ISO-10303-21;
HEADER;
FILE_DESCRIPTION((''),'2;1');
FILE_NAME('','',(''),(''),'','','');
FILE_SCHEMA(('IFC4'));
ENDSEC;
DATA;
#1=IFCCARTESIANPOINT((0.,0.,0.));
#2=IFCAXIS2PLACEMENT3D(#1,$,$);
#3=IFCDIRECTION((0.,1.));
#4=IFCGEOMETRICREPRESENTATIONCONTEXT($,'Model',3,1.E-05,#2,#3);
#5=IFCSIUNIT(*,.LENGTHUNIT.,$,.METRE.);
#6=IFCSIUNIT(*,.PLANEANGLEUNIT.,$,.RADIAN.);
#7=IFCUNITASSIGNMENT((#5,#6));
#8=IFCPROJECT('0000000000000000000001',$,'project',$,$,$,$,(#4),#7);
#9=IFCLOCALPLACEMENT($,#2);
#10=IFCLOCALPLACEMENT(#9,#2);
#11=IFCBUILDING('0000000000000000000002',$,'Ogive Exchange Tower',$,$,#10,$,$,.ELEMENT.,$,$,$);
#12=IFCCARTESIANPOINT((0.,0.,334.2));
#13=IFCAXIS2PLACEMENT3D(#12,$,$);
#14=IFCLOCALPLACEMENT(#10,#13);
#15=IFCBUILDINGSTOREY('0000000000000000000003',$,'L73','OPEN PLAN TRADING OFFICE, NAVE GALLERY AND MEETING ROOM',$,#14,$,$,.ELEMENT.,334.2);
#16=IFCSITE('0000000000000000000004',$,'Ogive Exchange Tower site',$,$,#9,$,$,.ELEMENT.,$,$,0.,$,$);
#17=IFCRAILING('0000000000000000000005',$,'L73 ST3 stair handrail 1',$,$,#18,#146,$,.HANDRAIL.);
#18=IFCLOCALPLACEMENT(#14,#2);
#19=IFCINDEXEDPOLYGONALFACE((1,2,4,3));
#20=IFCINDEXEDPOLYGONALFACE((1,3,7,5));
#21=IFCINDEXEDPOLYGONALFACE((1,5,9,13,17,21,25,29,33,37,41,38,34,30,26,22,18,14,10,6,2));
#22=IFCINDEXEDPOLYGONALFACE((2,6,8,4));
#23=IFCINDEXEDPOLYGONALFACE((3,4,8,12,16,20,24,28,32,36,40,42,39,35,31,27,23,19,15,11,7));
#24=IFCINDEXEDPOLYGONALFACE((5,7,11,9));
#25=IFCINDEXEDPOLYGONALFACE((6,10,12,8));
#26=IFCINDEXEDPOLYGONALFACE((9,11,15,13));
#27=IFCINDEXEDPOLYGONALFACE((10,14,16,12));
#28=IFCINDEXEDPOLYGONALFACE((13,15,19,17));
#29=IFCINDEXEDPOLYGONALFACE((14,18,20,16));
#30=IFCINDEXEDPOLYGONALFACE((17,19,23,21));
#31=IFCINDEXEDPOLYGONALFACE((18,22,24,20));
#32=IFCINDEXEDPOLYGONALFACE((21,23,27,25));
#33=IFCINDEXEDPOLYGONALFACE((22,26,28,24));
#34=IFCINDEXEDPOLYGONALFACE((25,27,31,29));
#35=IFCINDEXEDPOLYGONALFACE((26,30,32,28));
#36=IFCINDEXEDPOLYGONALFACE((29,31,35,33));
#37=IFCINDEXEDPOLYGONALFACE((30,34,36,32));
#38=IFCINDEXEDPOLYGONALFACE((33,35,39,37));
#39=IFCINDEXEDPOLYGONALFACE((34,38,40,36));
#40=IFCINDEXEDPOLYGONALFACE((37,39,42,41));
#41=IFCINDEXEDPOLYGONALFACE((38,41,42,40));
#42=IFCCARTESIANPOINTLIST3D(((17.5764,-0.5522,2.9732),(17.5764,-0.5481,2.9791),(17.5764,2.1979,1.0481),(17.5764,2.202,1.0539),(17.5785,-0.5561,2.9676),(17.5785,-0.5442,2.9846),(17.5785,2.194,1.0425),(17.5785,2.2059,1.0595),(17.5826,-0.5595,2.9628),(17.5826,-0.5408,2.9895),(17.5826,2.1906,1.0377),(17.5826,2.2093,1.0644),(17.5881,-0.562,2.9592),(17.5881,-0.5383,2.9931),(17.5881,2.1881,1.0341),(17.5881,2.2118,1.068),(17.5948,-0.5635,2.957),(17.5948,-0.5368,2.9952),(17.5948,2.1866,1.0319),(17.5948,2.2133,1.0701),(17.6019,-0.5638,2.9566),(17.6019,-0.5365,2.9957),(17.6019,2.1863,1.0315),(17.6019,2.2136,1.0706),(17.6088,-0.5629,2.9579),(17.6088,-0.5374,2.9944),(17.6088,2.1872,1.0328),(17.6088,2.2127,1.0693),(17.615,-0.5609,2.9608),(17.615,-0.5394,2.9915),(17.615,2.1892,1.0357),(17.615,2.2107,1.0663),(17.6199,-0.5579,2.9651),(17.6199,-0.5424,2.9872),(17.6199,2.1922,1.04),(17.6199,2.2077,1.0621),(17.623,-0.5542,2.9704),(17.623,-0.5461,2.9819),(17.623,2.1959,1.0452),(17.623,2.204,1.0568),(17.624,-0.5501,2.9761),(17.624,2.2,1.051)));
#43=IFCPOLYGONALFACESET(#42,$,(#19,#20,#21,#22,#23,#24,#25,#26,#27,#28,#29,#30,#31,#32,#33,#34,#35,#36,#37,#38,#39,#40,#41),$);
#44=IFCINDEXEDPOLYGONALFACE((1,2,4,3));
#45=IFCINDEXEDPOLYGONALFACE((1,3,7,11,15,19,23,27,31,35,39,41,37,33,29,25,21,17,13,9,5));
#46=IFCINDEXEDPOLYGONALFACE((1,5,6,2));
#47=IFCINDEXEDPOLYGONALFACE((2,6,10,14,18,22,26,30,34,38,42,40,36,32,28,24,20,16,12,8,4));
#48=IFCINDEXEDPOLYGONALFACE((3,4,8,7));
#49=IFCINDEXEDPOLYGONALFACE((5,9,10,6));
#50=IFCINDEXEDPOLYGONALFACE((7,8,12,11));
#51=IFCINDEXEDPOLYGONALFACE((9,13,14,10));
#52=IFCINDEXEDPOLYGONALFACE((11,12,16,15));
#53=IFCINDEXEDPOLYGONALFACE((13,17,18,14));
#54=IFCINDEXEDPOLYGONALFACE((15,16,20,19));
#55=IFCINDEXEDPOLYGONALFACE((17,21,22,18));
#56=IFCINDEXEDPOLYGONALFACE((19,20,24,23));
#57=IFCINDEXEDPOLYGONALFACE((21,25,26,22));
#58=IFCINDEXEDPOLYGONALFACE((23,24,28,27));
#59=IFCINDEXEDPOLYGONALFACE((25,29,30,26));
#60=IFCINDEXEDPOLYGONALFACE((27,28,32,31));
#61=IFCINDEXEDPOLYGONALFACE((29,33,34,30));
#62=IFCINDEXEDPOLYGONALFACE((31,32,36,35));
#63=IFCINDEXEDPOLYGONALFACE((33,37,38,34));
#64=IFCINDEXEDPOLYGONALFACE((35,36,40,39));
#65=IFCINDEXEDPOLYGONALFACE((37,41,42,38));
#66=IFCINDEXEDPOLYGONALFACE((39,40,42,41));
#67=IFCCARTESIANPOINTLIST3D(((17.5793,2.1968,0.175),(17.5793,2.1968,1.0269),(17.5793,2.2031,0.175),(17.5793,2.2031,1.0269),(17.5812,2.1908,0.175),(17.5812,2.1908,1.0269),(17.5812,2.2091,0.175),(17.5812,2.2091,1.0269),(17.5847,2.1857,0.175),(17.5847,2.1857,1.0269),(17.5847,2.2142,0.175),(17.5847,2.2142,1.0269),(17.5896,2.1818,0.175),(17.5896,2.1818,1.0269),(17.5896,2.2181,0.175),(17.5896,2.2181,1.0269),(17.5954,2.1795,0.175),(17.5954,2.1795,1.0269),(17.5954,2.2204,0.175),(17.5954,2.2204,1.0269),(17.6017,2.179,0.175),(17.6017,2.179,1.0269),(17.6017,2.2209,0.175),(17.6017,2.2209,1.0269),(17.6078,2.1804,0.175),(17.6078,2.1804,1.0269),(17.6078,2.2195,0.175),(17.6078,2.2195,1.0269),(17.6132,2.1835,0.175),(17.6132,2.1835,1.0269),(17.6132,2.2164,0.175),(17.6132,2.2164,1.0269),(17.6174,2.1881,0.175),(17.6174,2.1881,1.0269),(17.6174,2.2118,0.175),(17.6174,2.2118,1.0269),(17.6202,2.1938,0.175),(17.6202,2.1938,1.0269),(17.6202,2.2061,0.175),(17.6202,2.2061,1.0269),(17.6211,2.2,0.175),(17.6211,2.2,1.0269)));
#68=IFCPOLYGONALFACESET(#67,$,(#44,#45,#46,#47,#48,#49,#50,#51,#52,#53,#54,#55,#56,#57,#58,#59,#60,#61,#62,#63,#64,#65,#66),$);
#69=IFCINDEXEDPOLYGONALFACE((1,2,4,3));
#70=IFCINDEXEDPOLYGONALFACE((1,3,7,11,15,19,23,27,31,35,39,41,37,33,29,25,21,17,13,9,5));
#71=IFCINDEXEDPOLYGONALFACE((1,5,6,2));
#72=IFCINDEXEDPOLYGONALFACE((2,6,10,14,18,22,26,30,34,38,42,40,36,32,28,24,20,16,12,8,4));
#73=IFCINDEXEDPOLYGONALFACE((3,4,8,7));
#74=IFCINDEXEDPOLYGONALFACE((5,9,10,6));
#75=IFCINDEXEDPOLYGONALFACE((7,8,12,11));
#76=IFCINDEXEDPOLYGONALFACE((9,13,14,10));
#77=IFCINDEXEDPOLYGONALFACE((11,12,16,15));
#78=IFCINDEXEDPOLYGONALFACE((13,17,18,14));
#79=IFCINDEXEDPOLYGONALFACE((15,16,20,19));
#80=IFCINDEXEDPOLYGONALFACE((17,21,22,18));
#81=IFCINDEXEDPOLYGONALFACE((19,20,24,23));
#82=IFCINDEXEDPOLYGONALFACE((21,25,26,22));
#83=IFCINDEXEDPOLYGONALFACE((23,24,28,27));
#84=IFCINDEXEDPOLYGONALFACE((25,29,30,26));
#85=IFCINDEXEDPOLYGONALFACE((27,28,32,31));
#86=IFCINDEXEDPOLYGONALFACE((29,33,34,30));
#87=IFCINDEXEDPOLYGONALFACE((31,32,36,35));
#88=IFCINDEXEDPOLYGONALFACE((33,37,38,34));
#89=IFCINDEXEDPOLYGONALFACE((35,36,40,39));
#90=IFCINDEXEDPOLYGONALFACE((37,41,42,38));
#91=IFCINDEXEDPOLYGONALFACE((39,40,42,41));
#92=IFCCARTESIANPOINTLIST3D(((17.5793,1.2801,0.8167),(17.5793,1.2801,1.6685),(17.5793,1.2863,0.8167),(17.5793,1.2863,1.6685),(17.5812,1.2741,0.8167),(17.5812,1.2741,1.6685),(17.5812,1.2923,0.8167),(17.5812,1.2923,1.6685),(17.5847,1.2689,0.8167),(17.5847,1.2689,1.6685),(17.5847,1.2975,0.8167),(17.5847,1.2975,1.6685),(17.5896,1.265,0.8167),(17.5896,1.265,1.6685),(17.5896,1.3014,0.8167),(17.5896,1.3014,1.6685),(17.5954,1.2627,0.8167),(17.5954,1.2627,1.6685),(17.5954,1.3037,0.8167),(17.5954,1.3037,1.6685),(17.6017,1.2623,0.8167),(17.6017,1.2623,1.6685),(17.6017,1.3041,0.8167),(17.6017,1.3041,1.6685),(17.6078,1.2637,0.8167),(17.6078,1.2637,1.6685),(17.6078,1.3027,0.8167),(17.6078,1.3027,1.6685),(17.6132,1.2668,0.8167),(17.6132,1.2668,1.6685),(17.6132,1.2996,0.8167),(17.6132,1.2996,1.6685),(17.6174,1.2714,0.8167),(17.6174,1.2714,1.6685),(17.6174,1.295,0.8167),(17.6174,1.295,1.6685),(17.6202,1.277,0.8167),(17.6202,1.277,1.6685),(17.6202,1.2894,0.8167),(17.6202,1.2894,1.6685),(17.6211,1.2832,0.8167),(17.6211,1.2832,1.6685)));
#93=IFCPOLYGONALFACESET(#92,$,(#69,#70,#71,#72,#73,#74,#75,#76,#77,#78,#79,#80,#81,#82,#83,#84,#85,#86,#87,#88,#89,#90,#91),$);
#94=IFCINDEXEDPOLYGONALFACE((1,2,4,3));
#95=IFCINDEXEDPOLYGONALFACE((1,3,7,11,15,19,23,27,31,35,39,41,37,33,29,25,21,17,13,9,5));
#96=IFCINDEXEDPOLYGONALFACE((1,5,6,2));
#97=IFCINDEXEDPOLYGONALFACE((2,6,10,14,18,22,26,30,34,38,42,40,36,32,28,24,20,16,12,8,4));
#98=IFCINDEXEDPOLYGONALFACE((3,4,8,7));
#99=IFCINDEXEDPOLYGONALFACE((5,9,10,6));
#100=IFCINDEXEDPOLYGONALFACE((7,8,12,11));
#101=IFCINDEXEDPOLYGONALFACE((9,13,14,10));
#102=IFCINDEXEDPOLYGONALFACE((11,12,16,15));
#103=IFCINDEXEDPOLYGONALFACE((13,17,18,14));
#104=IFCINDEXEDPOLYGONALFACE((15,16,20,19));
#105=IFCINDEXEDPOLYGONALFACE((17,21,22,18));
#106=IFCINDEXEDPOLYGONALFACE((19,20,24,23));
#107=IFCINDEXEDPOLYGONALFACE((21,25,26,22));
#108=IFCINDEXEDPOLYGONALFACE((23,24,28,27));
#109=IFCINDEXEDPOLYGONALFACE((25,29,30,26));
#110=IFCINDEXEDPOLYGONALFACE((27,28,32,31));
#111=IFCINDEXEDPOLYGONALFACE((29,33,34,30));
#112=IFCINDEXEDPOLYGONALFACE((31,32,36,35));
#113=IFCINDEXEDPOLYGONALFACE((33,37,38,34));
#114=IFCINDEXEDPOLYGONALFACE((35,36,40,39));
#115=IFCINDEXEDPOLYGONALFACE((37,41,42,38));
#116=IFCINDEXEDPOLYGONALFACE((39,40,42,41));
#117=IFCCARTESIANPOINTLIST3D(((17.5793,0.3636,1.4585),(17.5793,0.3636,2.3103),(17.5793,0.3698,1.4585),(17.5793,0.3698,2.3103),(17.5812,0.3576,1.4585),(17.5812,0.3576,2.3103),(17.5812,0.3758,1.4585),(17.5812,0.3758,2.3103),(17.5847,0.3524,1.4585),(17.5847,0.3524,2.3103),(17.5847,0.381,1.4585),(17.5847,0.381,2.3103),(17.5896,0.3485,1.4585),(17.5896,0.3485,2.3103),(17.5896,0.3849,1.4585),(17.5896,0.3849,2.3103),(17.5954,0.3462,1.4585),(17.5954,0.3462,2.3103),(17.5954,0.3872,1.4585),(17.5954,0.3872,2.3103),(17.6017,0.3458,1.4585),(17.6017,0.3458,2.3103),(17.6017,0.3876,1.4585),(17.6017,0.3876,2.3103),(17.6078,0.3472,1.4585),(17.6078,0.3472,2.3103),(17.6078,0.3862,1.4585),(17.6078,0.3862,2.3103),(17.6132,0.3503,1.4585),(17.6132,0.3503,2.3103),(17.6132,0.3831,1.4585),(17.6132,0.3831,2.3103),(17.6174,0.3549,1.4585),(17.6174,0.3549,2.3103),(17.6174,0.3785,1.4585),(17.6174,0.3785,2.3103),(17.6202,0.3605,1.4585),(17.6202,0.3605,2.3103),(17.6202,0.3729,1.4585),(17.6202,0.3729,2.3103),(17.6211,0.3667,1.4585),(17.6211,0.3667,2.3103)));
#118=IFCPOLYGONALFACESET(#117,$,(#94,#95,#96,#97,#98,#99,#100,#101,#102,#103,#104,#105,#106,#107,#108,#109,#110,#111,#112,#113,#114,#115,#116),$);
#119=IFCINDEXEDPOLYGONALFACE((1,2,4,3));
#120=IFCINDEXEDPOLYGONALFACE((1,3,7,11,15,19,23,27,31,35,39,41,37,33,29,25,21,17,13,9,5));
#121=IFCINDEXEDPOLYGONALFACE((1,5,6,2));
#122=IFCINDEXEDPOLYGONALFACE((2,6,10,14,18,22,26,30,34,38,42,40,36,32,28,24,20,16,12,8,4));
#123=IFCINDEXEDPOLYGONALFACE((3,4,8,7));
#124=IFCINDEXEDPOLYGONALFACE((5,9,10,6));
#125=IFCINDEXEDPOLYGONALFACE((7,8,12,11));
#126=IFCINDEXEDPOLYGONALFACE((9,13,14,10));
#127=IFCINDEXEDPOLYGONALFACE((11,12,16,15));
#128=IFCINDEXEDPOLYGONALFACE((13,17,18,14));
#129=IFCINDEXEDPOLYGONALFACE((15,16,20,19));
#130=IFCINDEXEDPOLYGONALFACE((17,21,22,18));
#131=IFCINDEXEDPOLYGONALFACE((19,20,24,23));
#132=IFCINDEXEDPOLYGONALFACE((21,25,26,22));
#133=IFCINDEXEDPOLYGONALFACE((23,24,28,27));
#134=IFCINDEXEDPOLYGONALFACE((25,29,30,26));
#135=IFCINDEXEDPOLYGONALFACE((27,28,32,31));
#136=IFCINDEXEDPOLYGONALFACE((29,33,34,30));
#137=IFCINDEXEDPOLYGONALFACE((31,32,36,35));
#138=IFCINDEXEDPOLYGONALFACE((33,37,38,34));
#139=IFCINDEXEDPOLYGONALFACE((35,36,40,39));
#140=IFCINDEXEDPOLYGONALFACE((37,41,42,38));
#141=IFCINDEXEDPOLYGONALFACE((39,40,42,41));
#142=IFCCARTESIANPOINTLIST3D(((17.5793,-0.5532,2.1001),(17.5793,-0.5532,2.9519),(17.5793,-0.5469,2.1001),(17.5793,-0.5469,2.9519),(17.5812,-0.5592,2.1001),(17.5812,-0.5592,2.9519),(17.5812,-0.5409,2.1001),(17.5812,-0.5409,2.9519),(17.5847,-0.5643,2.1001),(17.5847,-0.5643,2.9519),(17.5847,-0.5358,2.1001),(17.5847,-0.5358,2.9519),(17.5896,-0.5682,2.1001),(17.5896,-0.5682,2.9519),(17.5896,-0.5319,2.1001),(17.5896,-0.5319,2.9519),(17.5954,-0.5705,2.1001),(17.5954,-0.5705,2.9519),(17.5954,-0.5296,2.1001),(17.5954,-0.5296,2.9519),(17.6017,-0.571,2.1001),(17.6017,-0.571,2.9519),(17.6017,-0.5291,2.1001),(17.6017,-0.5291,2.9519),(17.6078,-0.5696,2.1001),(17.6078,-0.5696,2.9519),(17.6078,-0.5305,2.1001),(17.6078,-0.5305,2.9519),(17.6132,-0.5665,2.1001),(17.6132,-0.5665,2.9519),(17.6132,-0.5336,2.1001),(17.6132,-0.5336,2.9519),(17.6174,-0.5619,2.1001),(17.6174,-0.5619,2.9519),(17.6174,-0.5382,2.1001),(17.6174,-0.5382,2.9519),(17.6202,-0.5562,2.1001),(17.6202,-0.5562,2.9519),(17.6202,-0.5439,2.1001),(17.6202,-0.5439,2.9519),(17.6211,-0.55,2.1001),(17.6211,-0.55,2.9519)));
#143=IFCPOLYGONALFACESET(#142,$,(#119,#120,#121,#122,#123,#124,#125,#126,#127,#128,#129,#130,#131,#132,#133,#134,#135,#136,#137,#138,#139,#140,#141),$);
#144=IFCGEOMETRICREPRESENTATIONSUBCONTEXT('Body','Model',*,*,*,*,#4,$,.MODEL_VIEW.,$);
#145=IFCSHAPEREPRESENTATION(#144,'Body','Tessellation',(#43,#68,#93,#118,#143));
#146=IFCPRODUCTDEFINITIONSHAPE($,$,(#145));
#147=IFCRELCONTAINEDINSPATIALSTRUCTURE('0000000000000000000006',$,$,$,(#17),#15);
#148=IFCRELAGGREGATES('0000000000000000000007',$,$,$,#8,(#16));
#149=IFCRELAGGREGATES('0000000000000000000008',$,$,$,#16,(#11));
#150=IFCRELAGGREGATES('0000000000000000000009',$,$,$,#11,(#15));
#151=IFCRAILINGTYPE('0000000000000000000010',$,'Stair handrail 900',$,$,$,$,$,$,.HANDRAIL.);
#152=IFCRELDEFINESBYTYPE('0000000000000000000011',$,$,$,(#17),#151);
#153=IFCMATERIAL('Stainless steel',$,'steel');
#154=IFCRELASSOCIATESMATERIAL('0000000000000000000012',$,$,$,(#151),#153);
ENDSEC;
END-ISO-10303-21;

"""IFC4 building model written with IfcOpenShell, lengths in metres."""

from ifc_helpers import new_model, si_unit, direction, frame, origin, origin_2d, place, context, subcontext, project, spatial, circle, extrude, material, type_object, element, save


model = new_model("IFC4")

# Units and contexts
model_context = context("Model", 3, precision=1e-05, world=origin(), true_north=direction((0.0, 1.0)))
body_context = subcontext(model_context, "Body", "Model", "MODEL_VIEW")
ifc_project = project(units=[si_unit("LENGTHUNIT", "METRE"), si_unit("PLANEANGLEUNIT", "RADIAN")], contexts=[model_context])

# Site, building, storey
site_placement = place(None, origin())
site = spatial("IfcSite", under=ifc_project, at=site_placement, Name="Ogive Exchange Tower site", CompositionType="ELEMENT", RefElevation=0.0)
building_placement = place(site_placement, origin())
building = spatial("IfcBuilding", under=site, at=building_placement, Name="Ogive Exchange Tower", CompositionType="ELEMENT")
storey_placement = place(building_placement, frame((0.0, 0.0, 334.2)))
storey = spatial("IfcBuildingStorey", under=building, at=storey_placement, Name="L73", Description="OPEN PLAN TRADING OFFICE, NAVE GALLERY AND MEETING ROOM", CompositionType="ELEMENT", Elevation=334.2)

# Shared definitions
ifc_material_1 = material(Name="Stainless steel", Category="steel")

# Railing
railing_type = type_object("IfcRailingType", Name="Stair handrail 900", PredefinedType="HANDRAIL", material=ifc_material_1)
railing_placement = place(storey_placement, frame((17.6001, 2.2, 0.175)))
element("IfcRailing", 1, at=railing_placement, inside=storey, type_object=railing_type, Name="L73 ST3 stair handrail 1", PredefinedType="HANDRAIL", context=body_context, shape_type="SweptSolid", body=[
    extrude(circle(Radius=0.0239, at=origin_2d()), frame((0.0, 0.0, 0.876), z_axis=(0.0, -0.819225, 0.573472), x_axis=(1.0, 0.0, 0.0)), (0.0, 0.0, 1.0), 3.3569),
    extrude(circle(Radius=0.021, at=origin_2d()), origin(), (0.0, 0.0, 1.0), 0.8518),
    extrude(circle(Radius=0.021, at=origin_2d()), frame((0.0, -0.9167, 0.6416)), (0.0, 0.0, 1.0), 0.8518),
    extrude(circle(Radius=0.021, at=origin_2d()), frame((0.0, -1.8333, 1.2834)), (0.0, 0.0, 1.0), 0.8518),
    extrude(circle(Radius=0.021, at=origin_2d()), frame((0.0, -2.75, 1.925)), (0.0, 0.0, 1.0), 0.8518),
])

save(model, "model.ifc")
